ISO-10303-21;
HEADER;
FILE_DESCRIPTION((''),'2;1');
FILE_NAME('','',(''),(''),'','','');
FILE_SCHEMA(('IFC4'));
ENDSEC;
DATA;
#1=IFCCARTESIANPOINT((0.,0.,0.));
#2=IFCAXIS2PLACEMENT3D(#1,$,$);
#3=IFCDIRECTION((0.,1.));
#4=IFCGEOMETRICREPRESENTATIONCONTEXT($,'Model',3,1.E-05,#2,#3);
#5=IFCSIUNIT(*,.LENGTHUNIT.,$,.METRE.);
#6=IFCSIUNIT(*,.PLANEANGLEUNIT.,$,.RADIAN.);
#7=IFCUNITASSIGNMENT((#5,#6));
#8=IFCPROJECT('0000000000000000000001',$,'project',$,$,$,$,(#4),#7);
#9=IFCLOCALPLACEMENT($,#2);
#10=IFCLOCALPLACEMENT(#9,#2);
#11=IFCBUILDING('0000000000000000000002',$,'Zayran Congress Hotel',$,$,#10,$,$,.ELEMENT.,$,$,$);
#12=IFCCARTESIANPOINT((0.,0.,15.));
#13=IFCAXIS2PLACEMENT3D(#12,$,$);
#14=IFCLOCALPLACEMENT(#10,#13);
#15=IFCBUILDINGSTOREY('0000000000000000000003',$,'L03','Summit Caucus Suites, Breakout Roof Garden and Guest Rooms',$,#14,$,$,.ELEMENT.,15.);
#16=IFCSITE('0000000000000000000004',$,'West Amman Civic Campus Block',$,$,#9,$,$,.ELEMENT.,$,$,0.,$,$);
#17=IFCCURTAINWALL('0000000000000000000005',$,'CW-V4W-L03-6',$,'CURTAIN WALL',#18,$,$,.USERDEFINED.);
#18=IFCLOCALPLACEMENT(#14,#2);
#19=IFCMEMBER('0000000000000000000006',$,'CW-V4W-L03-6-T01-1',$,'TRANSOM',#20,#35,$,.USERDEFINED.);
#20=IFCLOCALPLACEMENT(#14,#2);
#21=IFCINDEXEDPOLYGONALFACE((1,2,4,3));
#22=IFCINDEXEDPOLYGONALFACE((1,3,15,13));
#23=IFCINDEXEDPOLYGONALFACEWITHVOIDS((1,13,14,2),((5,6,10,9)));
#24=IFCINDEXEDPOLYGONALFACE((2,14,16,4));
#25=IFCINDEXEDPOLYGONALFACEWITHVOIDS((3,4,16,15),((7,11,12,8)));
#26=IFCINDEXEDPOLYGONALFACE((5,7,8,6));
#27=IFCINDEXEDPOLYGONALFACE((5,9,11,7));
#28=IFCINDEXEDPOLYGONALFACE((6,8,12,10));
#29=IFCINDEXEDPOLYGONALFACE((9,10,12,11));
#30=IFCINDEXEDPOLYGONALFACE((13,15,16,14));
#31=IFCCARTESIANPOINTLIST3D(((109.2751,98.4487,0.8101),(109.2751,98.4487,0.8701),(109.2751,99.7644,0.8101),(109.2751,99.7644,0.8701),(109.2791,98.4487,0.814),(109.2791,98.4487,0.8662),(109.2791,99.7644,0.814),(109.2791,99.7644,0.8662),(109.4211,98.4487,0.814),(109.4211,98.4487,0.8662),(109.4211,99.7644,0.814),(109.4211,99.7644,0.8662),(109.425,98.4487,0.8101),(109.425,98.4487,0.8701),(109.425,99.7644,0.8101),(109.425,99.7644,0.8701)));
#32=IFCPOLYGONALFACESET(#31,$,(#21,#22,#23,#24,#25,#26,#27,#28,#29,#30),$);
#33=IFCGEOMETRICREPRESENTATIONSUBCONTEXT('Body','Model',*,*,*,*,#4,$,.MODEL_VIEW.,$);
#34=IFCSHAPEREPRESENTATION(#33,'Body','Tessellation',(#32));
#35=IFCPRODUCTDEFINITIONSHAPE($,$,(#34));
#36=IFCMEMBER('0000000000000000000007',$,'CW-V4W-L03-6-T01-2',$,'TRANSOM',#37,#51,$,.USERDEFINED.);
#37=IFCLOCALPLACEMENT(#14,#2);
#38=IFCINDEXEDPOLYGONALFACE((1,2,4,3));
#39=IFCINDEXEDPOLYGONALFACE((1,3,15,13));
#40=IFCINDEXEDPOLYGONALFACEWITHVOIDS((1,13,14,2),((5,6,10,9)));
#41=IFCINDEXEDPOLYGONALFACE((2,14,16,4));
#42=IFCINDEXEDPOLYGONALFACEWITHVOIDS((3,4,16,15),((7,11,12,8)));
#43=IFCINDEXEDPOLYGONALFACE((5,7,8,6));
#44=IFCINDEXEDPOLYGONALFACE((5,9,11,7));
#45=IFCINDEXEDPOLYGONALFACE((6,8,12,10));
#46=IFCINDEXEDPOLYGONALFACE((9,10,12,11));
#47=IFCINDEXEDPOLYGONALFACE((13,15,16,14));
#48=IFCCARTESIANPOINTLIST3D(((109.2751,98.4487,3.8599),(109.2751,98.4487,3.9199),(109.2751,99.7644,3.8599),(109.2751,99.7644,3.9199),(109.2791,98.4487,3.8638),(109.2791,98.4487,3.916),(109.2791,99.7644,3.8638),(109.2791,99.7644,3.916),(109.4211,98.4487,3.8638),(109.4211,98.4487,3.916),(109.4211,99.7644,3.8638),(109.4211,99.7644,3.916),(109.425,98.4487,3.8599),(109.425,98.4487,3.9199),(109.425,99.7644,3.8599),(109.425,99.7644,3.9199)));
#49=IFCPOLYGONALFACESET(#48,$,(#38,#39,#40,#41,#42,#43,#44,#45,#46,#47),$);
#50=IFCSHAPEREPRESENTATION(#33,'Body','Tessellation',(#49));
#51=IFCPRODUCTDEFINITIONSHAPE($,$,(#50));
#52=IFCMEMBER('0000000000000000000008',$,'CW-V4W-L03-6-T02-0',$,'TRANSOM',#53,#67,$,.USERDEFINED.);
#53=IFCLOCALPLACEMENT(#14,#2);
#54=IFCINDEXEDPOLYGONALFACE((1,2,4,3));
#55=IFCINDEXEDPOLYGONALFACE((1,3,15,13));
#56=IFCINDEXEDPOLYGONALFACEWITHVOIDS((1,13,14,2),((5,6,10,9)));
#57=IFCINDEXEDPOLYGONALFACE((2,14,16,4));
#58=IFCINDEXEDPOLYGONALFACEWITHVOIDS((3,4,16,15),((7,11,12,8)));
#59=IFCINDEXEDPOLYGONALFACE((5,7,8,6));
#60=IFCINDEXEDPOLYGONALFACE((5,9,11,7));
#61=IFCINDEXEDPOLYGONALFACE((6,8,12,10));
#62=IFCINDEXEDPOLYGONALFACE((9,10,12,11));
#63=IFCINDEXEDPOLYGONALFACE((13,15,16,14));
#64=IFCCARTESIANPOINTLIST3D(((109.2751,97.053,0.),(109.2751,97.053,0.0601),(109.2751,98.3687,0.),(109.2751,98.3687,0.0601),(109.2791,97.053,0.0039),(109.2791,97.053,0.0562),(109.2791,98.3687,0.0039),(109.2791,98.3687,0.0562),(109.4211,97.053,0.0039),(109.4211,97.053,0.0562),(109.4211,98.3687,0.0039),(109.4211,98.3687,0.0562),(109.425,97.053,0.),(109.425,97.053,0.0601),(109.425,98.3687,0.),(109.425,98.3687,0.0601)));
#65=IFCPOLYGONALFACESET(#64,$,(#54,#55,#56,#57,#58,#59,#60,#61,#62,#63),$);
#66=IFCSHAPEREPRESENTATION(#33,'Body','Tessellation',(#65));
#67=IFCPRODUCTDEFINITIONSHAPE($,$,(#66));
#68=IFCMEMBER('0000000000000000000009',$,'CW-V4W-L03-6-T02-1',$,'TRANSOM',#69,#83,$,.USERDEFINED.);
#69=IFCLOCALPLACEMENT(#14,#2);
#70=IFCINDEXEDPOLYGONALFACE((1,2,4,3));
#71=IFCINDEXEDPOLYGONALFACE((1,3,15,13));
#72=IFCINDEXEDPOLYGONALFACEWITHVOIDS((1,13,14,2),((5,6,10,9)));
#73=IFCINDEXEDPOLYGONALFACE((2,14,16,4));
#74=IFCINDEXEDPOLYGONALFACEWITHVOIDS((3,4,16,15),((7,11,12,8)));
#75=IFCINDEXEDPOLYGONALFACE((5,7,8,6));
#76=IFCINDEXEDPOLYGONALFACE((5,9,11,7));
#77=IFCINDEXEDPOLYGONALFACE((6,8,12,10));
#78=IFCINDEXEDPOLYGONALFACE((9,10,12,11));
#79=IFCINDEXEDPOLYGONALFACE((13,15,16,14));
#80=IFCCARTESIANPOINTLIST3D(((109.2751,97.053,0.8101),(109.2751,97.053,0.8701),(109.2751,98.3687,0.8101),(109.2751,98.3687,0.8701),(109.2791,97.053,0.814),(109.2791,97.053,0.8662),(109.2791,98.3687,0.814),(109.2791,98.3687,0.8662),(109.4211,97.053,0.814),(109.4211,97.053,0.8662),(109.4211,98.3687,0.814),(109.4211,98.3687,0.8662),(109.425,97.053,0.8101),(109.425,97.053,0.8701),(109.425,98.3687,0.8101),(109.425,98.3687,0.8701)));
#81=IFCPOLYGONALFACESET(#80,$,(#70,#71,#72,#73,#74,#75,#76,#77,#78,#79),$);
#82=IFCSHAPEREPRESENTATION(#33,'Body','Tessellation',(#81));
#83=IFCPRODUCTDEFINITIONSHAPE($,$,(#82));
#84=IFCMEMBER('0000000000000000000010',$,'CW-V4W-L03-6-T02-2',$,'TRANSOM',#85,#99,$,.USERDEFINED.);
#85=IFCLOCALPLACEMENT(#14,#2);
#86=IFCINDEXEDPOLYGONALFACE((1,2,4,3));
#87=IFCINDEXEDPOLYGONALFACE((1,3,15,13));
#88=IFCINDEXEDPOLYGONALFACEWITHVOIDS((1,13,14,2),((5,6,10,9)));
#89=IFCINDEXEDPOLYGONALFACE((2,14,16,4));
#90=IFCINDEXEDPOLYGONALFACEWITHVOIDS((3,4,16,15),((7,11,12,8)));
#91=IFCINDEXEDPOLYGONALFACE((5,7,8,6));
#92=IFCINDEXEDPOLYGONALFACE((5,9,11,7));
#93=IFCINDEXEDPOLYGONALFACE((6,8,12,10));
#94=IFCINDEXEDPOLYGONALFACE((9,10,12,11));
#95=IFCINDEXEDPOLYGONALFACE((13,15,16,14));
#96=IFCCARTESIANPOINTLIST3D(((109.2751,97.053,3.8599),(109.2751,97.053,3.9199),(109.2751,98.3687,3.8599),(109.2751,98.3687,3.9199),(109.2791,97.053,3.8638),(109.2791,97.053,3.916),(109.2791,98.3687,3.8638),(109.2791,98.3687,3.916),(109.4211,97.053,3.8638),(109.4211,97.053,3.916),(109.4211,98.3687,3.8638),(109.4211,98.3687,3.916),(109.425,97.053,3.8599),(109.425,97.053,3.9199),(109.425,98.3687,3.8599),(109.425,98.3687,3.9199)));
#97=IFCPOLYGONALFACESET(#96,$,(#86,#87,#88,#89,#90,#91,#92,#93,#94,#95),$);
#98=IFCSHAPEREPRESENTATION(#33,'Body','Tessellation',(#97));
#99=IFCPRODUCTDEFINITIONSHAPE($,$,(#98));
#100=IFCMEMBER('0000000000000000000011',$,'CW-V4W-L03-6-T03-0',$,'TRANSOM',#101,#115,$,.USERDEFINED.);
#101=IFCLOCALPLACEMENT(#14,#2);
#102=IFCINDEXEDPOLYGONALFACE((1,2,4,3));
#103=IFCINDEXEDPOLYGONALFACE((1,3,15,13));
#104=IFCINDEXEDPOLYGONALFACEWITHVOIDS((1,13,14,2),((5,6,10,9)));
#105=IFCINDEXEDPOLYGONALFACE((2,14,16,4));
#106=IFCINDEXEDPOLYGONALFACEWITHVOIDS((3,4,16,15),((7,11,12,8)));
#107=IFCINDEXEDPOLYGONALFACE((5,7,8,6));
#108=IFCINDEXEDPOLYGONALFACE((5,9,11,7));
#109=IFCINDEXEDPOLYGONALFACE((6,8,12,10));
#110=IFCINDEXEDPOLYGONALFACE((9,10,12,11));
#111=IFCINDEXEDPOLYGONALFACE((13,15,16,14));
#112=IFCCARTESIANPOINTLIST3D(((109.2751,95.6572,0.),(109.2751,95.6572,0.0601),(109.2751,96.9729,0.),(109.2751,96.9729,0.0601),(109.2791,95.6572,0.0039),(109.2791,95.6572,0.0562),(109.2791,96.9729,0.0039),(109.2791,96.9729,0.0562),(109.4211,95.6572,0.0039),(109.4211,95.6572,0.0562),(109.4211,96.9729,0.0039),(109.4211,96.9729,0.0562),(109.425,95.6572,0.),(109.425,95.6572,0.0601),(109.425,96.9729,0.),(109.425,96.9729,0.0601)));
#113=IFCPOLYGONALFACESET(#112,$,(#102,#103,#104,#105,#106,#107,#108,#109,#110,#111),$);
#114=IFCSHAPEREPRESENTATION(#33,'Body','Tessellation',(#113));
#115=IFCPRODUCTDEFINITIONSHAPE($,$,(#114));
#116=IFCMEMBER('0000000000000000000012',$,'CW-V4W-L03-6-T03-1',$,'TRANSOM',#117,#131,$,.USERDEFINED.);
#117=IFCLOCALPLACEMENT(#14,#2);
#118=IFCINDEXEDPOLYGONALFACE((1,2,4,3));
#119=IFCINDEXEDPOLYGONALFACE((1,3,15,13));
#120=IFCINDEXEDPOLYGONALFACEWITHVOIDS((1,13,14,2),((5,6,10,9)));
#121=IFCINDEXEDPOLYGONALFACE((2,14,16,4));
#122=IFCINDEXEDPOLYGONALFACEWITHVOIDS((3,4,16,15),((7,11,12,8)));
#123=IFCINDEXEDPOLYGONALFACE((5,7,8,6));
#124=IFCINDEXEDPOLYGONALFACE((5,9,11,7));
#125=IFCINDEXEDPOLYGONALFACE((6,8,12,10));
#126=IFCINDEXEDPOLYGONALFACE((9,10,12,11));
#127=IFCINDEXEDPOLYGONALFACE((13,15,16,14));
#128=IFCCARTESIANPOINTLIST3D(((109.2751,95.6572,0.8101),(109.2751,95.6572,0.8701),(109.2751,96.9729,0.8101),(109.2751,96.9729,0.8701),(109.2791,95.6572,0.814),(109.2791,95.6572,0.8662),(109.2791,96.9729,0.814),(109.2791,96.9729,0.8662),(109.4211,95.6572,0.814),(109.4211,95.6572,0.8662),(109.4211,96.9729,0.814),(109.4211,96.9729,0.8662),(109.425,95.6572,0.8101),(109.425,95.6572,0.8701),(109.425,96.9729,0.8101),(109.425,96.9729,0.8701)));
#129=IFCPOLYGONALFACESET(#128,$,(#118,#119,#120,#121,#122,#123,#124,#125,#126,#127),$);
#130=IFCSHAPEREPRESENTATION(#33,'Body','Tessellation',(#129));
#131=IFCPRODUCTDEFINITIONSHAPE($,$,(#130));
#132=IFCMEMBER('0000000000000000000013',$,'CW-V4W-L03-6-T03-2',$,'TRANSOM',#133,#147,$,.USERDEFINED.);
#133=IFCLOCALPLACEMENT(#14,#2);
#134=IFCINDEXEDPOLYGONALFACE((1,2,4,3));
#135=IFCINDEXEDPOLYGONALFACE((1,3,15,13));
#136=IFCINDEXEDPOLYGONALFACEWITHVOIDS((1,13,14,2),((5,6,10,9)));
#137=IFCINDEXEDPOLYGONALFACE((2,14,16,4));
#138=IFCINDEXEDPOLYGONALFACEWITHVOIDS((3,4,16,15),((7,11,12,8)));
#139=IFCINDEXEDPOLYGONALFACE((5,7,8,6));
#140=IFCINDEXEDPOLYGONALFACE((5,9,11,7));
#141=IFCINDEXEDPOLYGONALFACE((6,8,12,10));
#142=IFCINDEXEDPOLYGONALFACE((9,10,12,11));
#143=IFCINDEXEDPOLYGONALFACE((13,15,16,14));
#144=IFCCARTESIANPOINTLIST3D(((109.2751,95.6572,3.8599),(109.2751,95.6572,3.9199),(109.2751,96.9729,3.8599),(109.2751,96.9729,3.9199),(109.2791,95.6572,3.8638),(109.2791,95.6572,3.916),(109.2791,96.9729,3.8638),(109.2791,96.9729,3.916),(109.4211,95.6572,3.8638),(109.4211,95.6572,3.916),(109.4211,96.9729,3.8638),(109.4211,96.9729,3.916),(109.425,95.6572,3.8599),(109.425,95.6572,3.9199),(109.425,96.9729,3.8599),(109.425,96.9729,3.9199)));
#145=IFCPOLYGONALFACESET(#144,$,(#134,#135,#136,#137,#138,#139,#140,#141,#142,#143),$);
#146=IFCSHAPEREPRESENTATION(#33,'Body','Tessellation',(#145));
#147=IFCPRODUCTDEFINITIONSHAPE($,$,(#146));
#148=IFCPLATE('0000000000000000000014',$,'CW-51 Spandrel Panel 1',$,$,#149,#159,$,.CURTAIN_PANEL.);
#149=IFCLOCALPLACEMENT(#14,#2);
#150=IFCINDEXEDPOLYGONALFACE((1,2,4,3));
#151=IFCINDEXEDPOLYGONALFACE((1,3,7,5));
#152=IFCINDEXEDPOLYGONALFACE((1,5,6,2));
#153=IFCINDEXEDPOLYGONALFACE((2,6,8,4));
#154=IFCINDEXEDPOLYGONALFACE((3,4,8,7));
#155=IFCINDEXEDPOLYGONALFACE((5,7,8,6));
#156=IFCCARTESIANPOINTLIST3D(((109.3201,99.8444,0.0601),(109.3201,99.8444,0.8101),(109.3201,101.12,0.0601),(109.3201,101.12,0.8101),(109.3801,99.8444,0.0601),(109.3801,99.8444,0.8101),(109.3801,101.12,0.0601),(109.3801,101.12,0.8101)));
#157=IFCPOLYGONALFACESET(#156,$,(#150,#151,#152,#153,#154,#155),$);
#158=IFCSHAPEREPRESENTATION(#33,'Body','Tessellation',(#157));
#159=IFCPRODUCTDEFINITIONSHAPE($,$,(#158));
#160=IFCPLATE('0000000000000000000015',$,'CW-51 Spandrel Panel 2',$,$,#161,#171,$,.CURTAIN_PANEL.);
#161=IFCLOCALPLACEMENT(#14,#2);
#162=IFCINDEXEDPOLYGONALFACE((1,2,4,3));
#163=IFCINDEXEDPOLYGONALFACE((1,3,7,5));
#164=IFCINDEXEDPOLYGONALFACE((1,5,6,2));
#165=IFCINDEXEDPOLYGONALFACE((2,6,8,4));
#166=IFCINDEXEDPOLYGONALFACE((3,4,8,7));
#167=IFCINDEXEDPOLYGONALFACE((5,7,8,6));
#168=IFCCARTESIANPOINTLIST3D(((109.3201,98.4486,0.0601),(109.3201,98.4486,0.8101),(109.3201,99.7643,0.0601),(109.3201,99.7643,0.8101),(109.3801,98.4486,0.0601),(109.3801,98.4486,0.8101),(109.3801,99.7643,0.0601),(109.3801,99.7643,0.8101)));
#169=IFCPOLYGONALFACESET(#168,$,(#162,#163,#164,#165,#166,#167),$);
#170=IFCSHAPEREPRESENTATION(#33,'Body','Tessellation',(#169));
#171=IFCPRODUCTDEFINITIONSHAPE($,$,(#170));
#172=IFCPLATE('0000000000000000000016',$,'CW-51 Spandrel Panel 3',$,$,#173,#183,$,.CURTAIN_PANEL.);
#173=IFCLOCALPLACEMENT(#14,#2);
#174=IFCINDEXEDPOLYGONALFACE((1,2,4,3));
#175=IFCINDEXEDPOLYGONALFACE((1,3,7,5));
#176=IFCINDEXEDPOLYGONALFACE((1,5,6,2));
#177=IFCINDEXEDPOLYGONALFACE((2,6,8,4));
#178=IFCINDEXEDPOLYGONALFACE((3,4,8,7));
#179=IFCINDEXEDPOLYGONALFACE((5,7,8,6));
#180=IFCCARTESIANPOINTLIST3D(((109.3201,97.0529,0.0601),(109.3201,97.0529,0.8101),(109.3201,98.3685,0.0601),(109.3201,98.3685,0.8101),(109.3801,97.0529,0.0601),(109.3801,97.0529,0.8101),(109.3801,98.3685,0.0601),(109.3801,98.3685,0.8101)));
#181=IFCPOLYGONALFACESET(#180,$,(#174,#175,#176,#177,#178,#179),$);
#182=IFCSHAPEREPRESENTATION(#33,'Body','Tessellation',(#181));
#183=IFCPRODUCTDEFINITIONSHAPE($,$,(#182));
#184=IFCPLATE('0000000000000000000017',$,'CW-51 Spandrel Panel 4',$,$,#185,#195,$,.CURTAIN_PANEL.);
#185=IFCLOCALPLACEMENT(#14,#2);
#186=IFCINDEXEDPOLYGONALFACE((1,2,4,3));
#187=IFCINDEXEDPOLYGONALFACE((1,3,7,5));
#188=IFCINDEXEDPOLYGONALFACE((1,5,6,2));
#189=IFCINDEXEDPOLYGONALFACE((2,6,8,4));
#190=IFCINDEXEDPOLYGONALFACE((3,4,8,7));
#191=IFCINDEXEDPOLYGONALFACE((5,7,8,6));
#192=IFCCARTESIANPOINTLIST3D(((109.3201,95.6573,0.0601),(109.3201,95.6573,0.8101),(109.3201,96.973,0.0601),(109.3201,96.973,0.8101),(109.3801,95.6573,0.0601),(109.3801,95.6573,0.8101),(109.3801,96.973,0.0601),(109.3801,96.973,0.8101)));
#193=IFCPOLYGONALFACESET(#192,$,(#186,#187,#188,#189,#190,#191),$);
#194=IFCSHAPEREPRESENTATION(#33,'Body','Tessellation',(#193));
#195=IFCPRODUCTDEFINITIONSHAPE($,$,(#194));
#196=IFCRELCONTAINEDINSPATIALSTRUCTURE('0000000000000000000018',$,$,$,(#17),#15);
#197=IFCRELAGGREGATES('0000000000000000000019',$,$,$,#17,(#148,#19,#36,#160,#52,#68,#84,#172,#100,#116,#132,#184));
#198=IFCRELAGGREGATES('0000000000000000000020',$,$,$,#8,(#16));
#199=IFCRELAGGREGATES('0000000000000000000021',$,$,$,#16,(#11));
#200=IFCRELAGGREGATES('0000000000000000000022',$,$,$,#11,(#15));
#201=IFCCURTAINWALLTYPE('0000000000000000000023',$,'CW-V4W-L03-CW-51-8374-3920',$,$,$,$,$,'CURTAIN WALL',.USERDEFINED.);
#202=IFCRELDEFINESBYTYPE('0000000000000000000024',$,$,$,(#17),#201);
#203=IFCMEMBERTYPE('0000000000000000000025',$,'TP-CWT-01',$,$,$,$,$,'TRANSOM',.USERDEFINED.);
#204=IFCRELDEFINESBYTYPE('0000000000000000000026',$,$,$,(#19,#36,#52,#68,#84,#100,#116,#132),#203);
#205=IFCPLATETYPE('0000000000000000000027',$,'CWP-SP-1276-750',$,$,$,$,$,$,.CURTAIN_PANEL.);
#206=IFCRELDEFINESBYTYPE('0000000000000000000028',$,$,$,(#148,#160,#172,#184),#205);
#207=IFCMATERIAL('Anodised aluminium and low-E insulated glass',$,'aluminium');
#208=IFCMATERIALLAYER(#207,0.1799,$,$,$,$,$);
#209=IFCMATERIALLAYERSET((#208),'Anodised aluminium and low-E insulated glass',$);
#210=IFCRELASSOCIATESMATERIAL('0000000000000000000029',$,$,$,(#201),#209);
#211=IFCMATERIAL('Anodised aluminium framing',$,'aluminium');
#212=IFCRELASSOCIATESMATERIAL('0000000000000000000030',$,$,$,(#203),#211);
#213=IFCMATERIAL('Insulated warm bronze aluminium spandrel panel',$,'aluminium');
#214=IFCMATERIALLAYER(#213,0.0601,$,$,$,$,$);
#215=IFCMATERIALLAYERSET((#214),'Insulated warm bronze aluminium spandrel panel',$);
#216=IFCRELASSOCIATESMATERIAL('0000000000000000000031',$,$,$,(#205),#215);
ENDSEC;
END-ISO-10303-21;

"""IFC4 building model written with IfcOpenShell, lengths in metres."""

from ifc_helpers import new_model, si_unit, direction, frame, origin, origin_2d, place, context, subcontext, project, spatial, rectangle, hollow_rectangle, extrude, material, layer, layer_set, material_profile, profile_set, type_object, element, aggregate, save


model = new_model("IFC4")

# Units and contexts
model_context = context("Model", 3, precision=1e-05, world=origin(), true_north=direction((0.0, 1.0)))
body_context = subcontext(model_context, "Body", "Model", "MODEL_VIEW")
ifc_project = project(units=[si_unit("LENGTHUNIT", "METRE"), si_unit("PLANEANGLEUNIT", "RADIAN")], contexts=[model_context])

# Site, building, storey
site_placement = place(None, origin())
site = spatial("IfcSite", under=ifc_project, at=site_placement, Name="West Amman Civic Campus Block", CompositionType="ELEMENT", RefElevation=0.0)
building_placement = place(site_placement, origin())
building = spatial("IfcBuilding", under=site, at=building_placement, Name="Zayran Congress Hotel", CompositionType="ELEMENT")
storey_placement = place(building_placement, frame((0.0, 0.0, 15.0)))
storey = spatial("IfcBuildingStorey", under=building, at=storey_placement, Name="L03", Description="Summit Caucus Suites, Breakout Roof Garden and Guest Rooms", CompositionType="ELEMENT", Elevation=15.0)

# Curtain wall, members, plates
ifc_material_1 = material(Name="Anodised aluminium and low-E insulated glass", Category="aluminium")
ifc_layer_1 = layer(ifc_material_1, 0.1799)
ifc_layer_set_1 = layer_set([ifc_layer_1], Name="Anodised aluminium and low-E insulated glass")
curtain_wall_type = type_object("IfcCurtainWallType", Name="CW-V4W-L03-CW-51-8374-3920", ElementType="CURTAIN WALL", PredefinedType="USERDEFINED", material=ifc_layer_set_1)
curtain_wall_placement = place(storey_placement, origin())
curtain_wall = element("IfcCurtainWall", 1, at=curtain_wall_placement, inside=storey, type_object=curtain_wall_type, Name="CW-V4W-L03-6", ObjectType="CURTAIN WALL", PredefinedType="USERDEFINED")
ifc_material_2 = material(Name="Anodised aluminium framing", Category="aluminium")
ifc_material_profile_1 = material_profile(ifc_material_2, hollow_rectangle(XDim=0.0601, YDim=0.1499, WallThickness=0.0039, at=origin_2d()), Name="RHS 150x60x4")
ifc_profile_set_1 = profile_set([ifc_material_profile_1], Name="Anodised aluminium framing")
member_type_1 = type_object("IfcMemberType", Name="TP-CWT-01", ElementType="TRANSOM", PredefinedType="USERDEFINED", material=ifc_profile_set_1)
member_1_placement = place(storey_placement, frame((109.3501, 99.7644, 0.8401), z_axis=(0.0, -1.0, 0.0), x_axis=(0.0, 0.0, 1.0)))
member_1 = element("IfcMember", 2, at=member_1_placement, type_object=member_type_1, Name="CW-V4W-L03-6-T01-1", ObjectType="TRANSOM", PredefinedType="USERDEFINED", context=body_context, shape_type="SweptSolid", body=[
    extrude(hollow_rectangle(XDim=0.0601, YDim=0.1499, WallThickness=0.0039, at=origin_2d()), origin(), (0.0, 0.0, 1.0), 1.3157),
])
member_2_placement = place(storey_placement, frame((109.3501, 99.7644, 3.8899), z_axis=(0.0, -1.0, 0.0), x_axis=(0.0, 0.0, 1.0)))
member_2 = element("IfcMember", 3, at=member_2_placement, type_object=member_type_1, Name="CW-V4W-L03-6-T01-2", ObjectType="TRANSOM", PredefinedType="USERDEFINED", context=body_context, shape_type="SweptSolid", body=[
    extrude(hollow_rectangle(XDim=0.0601, YDim=0.1499, WallThickness=0.0039, at=origin_2d()), origin(), (0.0, 0.0, 1.0), 1.3157),
])
member_3_placement = place(storey_placement, frame((109.3501, 98.3687, 0.03), z_axis=(0.0, -1.0, 0.0), x_axis=(0.0, 0.0, 1.0)))
member_3 = element("IfcMember", 4, at=member_3_placement, type_object=member_type_1, Name="CW-V4W-L03-6-T02-0", ObjectType="TRANSOM", PredefinedType="USERDEFINED", context=body_context, shape_type="SweptSolid", body=[
    extrude(hollow_rectangle(XDim=0.0601, YDim=0.1499, WallThickness=0.0039, at=origin_2d()), origin(), (0.0, 0.0, 1.0), 1.3157),
])
member_4_placement = place(storey_placement, frame((109.3501, 98.3687, 0.8401), z_axis=(0.0, -1.0, 0.0), x_axis=(0.0, 0.0, 1.0)))
member_4 = element("IfcMember", 5, at=member_4_placement, type_object=member_type_1, Name="CW-V4W-L03-6-T02-1", ObjectType="TRANSOM", PredefinedType="USERDEFINED", context=body_context, shape_type="SweptSolid", body=[
    extrude(hollow_rectangle(XDim=0.0601, YDim=0.1499, WallThickness=0.0039, at=origin_2d()), origin(), (0.0, 0.0, 1.0), 1.3157),
])
member_5_placement = place(storey_placement, frame((109.3501, 98.3687, 3.8899), z_axis=(0.0, -1.0, 0.0), x_axis=(0.0, 0.0, 1.0)))
member_5 = element("IfcMember", 6, at=member_5_placement, type_object=member_type_1, Name="CW-V4W-L03-6-T02-2", ObjectType="TRANSOM", PredefinedType="USERDEFINED", context=body_context, shape_type="SweptSolid", body=[
    extrude(hollow_rectangle(XDim=0.0601, YDim=0.1499, WallThickness=0.0039, at=origin_2d()), origin(), (0.0, 0.0, 1.0), 1.3157),
])
member_6_placement = place(storey_placement, frame((109.3501, 96.9729, 0.03), z_axis=(0.0, -1.0, 0.0), x_axis=(0.0, 0.0, 1.0)))
member_6 = element("IfcMember", 7, at=member_6_placement, type_object=member_type_1, Name="CW-V4W-L03-6-T03-0", ObjectType="TRANSOM", PredefinedType="USERDEFINED", context=body_context, shape_type="SweptSolid", body=[
    extrude(hollow_rectangle(XDim=0.0601, YDim=0.1499, WallThickness=0.0039, at=origin_2d()), origin(), (0.0, 0.0, 1.0), 1.3157),
])
member_7_placement = place(storey_placement, frame((109.3501, 96.9729, 0.8401), z_axis=(0.0, -1.0, 0.0), x_axis=(0.0, 0.0, 1.0)))
member_7 = element("IfcMember", 8, at=member_7_placement, type_object=member_type_1, Name="CW-V4W-L03-6-T03-1", ObjectType="TRANSOM", PredefinedType="USERDEFINED", context=body_context, shape_type="SweptSolid", body=[
    extrude(hollow_rectangle(XDim=0.0601, YDim=0.1499, WallThickness=0.0039, at=origin_2d()), origin(), (0.0, 0.0, 1.0), 1.3157),
])
member_8_placement = place(storey_placement, frame((109.3501, 96.9729, 3.8899), z_axis=(0.0, -1.0, 0.0), x_axis=(0.0, 0.0, 1.0)))
member_8 = element("IfcMember", 9, at=member_8_placement, type_object=member_type_1, Name="CW-V4W-L03-6-T03-2", ObjectType="TRANSOM", PredefinedType="USERDEFINED", context=body_context, shape_type="SweptSolid", body=[
    extrude(hollow_rectangle(XDim=0.0601, YDim=0.1499, WallThickness=0.0039, at=origin_2d()), origin(), (0.0, 0.0, 1.0), 1.3157),
])
ifc_material_3 = material(Name="Insulated warm bronze aluminium spandrel panel", Category="aluminium")
ifc_layer_2 = layer(ifc_material_3, 0.0601)
ifc_layer_set_2 = layer_set([ifc_layer_2], Name="Insulated warm bronze aluminium spandrel panel")
plate_type_1 = type_object("IfcPlateType", Name="CWP-SP-1276-750", PredefinedType="CURTAIN_PANEL", material=ifc_layer_set_2)
plate_1_placement = place(storey_placement, frame((109.3501, 100.4822, 0.0601), z_axis=(0.0, 0.0, 1.0), x_axis=(0.0, 1.0, 0.0)))
plate_1 = element("IfcPlate", 10, at=plate_1_placement, type_object=plate_type_1, Name="CW-51 Spandrel Panel 1", PredefinedType="CURTAIN_PANEL", context=body_context, shape_type="SweptSolid", body=[
    extrude(rectangle(XDim=1.2756, YDim=0.0601, at=origin_2d()), origin(), (0.0, 0.0, 1.0), 0.75),
])
plate_2_placement = place(storey_placement, frame((109.3501, 99.1064, 0.0601), z_axis=(0.0, 0.0, 1.0), x_axis=(0.0, 1.0, 0.0)))
plate_2 = element("IfcPlate", 11, at=plate_2_placement, type_object=plate_type_1, Name="CW-51 Spandrel Panel 2", PredefinedType="CURTAIN_PANEL", context=body_context, shape_type="SweptSolid", body=[
    extrude(rectangle(XDim=1.3157, YDim=0.0601, at=origin_2d()), origin(), (0.0, 0.0, 1.0), 0.75),
])
plate_3_placement = place(storey_placement, frame((109.3501, 97.7107, 0.0601), z_axis=(0.0, 0.0, 1.0), x_axis=(0.0, 1.0, 0.0)))
plate_3 = element("IfcPlate", 12, at=plate_3_placement, type_object=plate_type_1, Name="CW-51 Spandrel Panel 3", PredefinedType="CURTAIN_PANEL", context=body_context, shape_type="SweptSolid", body=[
    extrude(rectangle(XDim=1.3157, YDim=0.0601, at=origin_2d()), origin(), (0.0, 0.0, 1.0), 0.75),
])
plate_4_placement = place(storey_placement, frame((109.3501, 96.3152, 0.0601), z_axis=(0.0, 0.0, 1.0), x_axis=(0.0, 1.0, 0.0)))
plate_4 = element("IfcPlate", 13, at=plate_4_placement, type_object=plate_type_1, Name="CW-51 Spandrel Panel 4", PredefinedType="CURTAIN_PANEL", context=body_context, shape_type="SweptSolid", body=[
    extrude(rectangle(XDim=1.3157, YDim=0.0601, at=origin_2d()), origin(), (0.0, 0.0, 1.0), 0.75),
])
aggregate(curtain_wall, [plate_1, member_1, member_2, plate_2, member_3, member_4, member_5, plate_3, member_6, member_7, member_8, plate_4])

save(model, "model.ifc")
